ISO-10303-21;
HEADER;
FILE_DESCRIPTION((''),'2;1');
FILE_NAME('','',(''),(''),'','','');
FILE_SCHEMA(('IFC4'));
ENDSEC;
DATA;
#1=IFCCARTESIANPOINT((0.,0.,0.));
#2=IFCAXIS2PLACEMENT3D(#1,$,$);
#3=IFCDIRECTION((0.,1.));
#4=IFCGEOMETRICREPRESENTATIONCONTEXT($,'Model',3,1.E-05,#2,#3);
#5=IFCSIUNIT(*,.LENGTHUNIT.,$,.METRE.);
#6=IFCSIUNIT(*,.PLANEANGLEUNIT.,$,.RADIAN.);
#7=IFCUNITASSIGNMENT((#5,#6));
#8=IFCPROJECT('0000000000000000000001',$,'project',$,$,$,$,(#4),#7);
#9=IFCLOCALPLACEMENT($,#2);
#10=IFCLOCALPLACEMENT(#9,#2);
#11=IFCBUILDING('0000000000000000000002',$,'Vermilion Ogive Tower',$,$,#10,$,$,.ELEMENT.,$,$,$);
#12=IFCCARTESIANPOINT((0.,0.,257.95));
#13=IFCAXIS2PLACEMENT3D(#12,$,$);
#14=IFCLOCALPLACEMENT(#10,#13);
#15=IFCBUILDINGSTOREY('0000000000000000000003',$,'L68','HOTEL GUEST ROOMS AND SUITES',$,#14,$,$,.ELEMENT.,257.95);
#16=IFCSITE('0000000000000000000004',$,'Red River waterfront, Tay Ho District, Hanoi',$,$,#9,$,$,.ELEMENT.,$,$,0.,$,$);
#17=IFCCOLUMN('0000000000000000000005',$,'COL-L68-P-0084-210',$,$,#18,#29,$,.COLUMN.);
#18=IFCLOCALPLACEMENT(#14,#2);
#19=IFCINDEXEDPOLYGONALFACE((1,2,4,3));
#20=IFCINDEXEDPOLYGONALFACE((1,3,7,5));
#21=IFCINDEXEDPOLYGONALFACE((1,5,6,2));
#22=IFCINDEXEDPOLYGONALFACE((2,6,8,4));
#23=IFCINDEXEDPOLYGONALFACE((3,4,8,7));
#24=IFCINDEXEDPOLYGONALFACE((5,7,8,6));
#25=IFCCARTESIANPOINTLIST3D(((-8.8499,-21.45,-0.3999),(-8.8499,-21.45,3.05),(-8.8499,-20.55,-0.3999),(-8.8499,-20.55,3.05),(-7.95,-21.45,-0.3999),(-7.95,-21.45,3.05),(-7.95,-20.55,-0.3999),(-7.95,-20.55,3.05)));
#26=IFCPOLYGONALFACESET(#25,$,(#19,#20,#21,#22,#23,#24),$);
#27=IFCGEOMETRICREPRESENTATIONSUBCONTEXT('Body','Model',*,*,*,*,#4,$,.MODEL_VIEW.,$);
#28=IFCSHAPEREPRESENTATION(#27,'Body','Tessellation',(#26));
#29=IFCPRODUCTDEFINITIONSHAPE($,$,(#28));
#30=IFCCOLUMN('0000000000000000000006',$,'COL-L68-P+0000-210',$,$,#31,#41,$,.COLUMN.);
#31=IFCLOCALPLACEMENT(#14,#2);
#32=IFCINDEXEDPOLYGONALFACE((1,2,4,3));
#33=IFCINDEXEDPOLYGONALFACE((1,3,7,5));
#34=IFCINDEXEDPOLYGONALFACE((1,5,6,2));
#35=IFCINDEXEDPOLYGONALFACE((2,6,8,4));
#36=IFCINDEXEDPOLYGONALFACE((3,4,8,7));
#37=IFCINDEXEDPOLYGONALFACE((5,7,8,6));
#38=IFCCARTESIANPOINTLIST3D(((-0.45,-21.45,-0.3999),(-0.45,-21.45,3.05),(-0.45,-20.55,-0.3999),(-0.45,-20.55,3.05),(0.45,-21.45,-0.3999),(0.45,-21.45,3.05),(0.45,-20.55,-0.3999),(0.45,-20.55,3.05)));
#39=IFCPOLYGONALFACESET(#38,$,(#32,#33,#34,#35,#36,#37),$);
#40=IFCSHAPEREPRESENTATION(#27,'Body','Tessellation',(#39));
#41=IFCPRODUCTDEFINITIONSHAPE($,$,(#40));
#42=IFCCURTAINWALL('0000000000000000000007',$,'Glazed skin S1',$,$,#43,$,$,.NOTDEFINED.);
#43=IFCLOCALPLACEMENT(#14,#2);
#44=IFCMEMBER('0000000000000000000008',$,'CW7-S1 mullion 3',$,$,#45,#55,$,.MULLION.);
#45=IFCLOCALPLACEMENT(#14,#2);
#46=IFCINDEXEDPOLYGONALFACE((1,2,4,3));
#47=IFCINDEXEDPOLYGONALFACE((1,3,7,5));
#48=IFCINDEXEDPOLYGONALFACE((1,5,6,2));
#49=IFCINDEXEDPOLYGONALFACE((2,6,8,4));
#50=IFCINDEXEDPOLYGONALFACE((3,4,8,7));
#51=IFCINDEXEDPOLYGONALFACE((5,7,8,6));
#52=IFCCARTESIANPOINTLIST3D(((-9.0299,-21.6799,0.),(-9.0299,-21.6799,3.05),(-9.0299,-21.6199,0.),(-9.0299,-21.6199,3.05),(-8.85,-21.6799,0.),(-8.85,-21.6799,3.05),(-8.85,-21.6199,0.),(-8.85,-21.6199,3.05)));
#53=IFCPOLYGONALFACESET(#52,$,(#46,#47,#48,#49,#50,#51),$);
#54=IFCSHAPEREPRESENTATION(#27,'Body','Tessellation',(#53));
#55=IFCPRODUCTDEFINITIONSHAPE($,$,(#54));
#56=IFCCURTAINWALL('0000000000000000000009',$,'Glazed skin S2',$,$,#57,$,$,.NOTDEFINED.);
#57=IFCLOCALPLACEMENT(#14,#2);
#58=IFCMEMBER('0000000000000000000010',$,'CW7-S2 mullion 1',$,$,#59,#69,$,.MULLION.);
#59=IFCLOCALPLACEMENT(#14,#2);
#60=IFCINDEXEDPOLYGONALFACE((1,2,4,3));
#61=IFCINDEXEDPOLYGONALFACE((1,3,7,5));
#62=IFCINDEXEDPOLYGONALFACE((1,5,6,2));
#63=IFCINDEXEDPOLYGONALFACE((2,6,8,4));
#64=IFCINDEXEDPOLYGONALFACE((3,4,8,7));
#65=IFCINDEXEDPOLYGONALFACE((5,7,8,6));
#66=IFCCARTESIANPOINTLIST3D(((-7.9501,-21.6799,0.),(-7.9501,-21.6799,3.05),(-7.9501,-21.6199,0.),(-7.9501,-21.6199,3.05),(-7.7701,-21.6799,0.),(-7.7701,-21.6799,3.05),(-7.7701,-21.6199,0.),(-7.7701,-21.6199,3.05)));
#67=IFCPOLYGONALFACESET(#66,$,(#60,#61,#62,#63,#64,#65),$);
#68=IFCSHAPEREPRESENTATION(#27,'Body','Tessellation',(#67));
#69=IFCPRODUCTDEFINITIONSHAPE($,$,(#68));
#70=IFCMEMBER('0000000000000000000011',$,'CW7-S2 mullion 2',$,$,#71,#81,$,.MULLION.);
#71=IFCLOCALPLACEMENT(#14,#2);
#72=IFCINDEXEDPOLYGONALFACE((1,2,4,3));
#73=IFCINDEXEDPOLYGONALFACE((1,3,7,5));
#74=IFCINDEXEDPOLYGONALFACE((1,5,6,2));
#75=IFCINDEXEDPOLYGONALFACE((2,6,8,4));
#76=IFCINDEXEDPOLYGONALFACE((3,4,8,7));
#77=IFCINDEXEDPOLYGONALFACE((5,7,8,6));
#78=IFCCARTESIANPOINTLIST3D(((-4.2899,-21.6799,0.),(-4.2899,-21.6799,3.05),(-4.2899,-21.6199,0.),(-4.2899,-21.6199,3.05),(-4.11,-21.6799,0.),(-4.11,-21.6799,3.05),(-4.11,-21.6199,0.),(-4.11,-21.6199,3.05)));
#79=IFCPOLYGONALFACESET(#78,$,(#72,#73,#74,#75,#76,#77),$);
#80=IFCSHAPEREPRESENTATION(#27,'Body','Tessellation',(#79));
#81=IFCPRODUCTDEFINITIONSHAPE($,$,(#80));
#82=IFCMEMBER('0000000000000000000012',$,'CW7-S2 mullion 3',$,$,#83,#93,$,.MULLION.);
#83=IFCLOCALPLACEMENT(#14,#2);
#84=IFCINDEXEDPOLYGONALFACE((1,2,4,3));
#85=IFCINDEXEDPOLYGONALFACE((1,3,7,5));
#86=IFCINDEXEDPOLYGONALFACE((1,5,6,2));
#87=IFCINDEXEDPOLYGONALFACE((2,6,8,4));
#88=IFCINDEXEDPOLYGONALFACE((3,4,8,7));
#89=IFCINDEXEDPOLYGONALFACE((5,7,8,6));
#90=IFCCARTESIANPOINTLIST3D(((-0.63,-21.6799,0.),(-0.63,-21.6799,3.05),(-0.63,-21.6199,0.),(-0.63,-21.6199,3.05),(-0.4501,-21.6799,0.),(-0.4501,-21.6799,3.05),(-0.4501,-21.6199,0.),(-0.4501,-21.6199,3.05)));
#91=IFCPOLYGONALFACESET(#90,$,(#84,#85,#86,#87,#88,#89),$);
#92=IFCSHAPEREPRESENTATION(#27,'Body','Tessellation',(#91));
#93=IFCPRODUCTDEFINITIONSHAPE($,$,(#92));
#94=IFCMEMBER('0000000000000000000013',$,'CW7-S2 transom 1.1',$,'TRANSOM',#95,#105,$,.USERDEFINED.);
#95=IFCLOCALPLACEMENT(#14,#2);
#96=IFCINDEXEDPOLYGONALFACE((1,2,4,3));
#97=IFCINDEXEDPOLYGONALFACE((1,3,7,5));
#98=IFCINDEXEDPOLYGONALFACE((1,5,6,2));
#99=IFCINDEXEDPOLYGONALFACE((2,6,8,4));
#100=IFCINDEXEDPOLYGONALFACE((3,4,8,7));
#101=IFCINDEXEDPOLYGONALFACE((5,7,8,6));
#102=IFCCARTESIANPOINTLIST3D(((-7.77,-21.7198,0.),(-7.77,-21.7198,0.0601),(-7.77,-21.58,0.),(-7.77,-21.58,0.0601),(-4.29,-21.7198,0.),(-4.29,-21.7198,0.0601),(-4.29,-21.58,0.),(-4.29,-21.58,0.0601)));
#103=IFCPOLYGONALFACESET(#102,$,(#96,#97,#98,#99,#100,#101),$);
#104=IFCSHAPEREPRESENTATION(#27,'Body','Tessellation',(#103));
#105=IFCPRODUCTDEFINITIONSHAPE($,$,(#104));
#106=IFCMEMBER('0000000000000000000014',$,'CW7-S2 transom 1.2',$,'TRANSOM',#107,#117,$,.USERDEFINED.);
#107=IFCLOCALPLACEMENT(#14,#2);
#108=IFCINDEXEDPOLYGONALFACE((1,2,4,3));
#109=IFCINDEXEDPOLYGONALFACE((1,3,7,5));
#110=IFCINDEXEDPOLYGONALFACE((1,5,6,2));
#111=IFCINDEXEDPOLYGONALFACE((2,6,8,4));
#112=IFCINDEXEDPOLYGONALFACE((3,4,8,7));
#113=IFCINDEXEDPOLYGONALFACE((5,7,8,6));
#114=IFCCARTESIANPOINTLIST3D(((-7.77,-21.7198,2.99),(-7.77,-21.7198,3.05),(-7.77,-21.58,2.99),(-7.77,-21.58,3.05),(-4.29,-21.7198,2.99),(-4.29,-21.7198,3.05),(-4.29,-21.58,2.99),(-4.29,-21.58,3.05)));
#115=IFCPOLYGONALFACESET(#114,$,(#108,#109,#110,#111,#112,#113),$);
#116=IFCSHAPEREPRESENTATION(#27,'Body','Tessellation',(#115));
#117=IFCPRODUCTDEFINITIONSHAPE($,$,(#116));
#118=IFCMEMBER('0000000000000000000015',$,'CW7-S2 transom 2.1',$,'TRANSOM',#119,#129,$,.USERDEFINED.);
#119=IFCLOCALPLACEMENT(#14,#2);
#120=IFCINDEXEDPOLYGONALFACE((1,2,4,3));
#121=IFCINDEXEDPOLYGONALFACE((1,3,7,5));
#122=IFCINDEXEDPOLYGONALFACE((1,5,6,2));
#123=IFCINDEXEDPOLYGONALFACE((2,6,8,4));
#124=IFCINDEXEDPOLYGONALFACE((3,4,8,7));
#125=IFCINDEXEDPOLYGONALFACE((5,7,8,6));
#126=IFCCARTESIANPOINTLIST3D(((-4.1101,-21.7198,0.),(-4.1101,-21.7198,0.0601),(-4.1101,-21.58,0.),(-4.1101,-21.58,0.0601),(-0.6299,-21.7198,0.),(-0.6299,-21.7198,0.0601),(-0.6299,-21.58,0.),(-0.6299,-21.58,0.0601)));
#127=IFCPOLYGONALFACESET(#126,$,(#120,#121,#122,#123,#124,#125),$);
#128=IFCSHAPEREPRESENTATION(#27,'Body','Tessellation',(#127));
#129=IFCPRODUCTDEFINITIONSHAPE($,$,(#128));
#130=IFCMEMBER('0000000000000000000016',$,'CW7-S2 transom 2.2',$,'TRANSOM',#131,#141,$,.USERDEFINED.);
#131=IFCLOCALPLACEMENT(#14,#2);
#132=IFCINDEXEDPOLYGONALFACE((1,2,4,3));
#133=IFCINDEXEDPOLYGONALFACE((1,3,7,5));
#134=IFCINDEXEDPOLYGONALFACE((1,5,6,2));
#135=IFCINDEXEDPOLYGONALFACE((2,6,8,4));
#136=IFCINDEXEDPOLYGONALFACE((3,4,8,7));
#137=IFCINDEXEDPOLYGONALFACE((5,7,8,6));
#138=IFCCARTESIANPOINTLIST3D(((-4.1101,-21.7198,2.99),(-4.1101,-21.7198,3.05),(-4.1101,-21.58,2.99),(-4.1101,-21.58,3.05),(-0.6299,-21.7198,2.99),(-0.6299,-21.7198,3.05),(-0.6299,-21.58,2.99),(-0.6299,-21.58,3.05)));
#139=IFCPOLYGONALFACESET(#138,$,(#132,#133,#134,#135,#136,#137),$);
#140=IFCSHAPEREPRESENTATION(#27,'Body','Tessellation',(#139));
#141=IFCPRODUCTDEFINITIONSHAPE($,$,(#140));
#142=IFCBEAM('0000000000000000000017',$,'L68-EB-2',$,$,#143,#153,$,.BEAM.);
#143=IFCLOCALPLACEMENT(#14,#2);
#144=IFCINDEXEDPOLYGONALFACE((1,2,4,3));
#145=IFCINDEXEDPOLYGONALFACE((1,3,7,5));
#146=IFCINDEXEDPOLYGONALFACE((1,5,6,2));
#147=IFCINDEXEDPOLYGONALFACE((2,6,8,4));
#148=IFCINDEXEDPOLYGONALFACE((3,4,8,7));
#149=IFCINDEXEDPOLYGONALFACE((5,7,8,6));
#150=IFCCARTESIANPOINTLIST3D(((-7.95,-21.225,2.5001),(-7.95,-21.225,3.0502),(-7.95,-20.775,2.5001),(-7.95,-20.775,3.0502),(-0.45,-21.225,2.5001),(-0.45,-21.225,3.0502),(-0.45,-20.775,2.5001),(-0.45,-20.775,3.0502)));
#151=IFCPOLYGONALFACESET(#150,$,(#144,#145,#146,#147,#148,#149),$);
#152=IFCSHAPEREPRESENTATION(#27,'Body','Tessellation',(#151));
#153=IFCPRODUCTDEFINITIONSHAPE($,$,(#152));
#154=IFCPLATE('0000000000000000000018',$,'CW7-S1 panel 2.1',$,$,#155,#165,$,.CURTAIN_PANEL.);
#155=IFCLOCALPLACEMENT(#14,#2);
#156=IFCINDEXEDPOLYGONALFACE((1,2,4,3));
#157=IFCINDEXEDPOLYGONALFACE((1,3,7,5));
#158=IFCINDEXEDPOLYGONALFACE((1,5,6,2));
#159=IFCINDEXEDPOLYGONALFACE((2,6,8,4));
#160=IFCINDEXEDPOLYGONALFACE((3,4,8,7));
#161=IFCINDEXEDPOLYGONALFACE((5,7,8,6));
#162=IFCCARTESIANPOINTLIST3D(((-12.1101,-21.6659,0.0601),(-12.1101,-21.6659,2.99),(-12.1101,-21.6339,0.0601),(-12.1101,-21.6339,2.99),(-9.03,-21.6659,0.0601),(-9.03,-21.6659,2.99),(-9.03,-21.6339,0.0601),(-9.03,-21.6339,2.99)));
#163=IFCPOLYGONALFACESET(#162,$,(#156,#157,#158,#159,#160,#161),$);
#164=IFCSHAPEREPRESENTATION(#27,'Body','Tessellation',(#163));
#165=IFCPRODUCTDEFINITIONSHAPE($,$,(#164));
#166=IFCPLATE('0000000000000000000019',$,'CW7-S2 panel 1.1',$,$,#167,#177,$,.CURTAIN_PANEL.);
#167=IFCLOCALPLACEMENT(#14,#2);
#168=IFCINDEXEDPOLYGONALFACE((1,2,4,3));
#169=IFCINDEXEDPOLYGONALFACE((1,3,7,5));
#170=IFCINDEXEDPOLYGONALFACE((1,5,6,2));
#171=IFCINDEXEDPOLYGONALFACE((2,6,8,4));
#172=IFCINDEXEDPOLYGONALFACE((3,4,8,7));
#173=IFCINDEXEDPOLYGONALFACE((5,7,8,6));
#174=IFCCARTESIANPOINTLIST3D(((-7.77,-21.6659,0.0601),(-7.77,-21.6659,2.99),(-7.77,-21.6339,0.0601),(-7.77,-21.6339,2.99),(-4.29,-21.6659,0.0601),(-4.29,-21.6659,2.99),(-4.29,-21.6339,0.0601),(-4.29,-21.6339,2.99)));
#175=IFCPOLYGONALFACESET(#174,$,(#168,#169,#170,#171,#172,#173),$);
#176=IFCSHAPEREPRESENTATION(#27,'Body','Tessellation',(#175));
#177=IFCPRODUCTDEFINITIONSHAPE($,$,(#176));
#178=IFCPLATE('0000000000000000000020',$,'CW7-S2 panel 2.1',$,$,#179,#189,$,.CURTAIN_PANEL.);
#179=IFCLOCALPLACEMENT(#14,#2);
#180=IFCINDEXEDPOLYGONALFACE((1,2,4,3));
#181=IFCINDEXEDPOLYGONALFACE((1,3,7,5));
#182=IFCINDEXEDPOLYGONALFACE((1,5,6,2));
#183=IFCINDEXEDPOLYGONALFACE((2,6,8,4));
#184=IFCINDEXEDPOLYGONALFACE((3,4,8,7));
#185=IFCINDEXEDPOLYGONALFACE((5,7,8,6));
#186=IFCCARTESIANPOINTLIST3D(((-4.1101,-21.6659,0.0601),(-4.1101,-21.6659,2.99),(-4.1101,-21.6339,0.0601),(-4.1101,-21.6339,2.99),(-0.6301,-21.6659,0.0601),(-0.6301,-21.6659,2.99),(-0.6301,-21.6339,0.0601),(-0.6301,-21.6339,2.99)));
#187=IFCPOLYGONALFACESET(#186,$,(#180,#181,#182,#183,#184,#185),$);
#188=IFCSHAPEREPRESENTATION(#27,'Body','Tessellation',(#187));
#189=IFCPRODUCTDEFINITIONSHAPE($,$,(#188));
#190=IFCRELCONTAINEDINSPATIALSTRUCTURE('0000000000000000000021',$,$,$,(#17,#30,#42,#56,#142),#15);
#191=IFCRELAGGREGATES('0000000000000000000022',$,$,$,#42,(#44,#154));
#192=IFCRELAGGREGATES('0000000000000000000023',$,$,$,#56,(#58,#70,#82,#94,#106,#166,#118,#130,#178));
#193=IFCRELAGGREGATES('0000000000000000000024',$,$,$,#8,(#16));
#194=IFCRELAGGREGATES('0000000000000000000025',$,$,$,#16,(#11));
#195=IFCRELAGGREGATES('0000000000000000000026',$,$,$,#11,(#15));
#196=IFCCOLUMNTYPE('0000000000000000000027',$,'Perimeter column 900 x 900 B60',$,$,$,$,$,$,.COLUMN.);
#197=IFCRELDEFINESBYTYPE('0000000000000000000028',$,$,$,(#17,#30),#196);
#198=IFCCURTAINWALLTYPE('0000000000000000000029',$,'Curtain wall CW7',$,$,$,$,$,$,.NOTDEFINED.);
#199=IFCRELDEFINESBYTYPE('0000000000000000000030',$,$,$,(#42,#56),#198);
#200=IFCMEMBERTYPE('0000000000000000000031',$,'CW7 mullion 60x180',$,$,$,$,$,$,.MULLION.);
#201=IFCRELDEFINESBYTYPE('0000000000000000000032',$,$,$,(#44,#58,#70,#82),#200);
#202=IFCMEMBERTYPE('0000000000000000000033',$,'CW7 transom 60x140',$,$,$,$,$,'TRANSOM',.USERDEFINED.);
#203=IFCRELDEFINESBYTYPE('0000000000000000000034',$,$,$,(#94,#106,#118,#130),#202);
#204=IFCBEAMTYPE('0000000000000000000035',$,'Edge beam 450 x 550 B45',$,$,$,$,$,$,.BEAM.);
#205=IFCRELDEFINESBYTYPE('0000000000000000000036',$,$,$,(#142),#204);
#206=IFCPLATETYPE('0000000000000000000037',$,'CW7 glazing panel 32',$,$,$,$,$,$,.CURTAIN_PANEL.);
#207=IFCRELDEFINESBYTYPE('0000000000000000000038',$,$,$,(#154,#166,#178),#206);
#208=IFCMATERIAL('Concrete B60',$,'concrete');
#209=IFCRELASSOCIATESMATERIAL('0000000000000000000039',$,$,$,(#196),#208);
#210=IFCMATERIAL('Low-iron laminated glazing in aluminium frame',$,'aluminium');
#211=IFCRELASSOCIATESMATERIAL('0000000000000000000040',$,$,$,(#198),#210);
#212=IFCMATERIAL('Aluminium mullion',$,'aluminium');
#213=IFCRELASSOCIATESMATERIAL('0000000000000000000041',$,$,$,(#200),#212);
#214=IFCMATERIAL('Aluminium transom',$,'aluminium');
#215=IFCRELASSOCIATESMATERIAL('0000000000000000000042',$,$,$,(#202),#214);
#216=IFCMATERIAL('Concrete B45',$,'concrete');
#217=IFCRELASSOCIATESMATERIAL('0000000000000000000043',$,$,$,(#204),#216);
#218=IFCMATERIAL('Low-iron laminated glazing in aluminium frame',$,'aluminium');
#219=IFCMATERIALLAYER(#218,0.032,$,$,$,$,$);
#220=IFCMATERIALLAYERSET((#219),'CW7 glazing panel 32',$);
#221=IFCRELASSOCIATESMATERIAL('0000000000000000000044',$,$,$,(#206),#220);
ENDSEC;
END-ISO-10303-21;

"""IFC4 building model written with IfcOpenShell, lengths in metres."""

from ifc_helpers import new_model, si_unit, direction, frame, origin, origin_2d, place, context, subcontext, project, spatial, rectangle, extrude, material, layer, layer_set, material_profile, profile_set, type_object, element, aggregate, save


model = new_model("IFC4")

# Units and contexts
model_context = context("Model", 3, precision=1e-05, world=origin(), true_north=direction((0.0, 1.0)))
body_context = subcontext(model_context, "Body", "Model", "MODEL_VIEW")
ifc_project = project(units=[si_unit("LENGTHUNIT", "METRE"), si_unit("PLANEANGLEUNIT", "RADIAN")], contexts=[model_context])

# Site, building, storey
site_placement = place(None, origin())
site = spatial("IfcSite", under=ifc_project, at=site_placement, Name="Red River waterfront, Tay Ho District, Hanoi", CompositionType="ELEMENT", RefElevation=0.0)
building_placement = place(site_placement, origin())
building = spatial("IfcBuilding", under=site, at=building_placement, Name="Vermilion Ogive Tower", CompositionType="ELEMENT")
storey_placement = place(building_placement, frame((0.0, 0.0, 257.95)))
storey = spatial("IfcBuildingStorey", under=building, at=storey_placement, Name="L68", Description="HOTEL GUEST ROOMS AND SUITES", CompositionType="ELEMENT", Elevation=257.95)

# Columns
ifc_material_1 = material(Name="Concrete B60", Category="concrete")
ifc_material_profile_1 = material_profile(ifc_material_1, rectangle(XDim=0.8999, YDim=0.8999, at=origin_2d()), Name="900 x 900")
ifc_profile_set_1 = profile_set([ifc_material_profile_1], Name="Concrete B60")
column_type = type_object("IfcColumnType", Name="Perimeter column 900 x 900 B60", PredefinedType="COLUMN", material=ifc_profile_set_1)
for number, where, z_axis, x_axis, name in (
    (1, (-8.3999, -21.0, -0.3999), (0.0, 0.0, 1.0), (1.0, 0.0, 0.0), "COL-L68-P-0084-210"),
    (2, (0.0, -21.0, -0.3999), (0.0, 0.0, 1.0), (1.0, 0.0, 0.0), "COL-L68-P+0000-210"),
):
    element("IfcColumn", number, at=place(storey_placement, frame(where, z_axis=z_axis, x_axis=x_axis)), inside=storey, type_object=column_type, Name=name, PredefinedType="COLUMN", context=body_context, shape_type="SweptSolid", body=[
        extrude(rectangle(XDim=0.8999, YDim=0.8999, at=origin_2d()), origin(), (0.0, 0.0, 1.0), 3.45),
    ])

# Curtain wall, member
ifc_material_2 = material(Name="Low-iron laminated glazing in aluminium frame", Category="aluminium")
curtain_wall_type = type_object("IfcCurtainWallType", Name="Curtain wall CW7", PredefinedType="NOTDEFINED", material=ifc_material_2)
curtain_wall_1_placement = place(storey_placement, origin())
curtain_wall_1 = element("IfcCurtainWall", 3, at=curtain_wall_1_placement, inside=storey, type_object=curtain_wall_type, Name="Glazed skin S1", PredefinedType="NOTDEFINED")
ifc_material_3 = material(Name="Aluminium mullion", Category="aluminium")
ifc_material_profile_2 = material_profile(ifc_material_3, rectangle(XDim=0.0601, YDim=0.1799, at=origin_2d()), Name="AL 60x180")
ifc_profile_set_2 = profile_set([ifc_material_profile_2], Name="Aluminium mullion")
member_type_1 = type_object("IfcMemberType", Name="CW7 mullion 60x180", PredefinedType="MULLION", material=ifc_profile_set_2)
member_1_placement = place(storey_placement, frame((-8.9399, -21.6499, 0.0), z_axis=(0.0, 0.0, 1.0), x_axis=(0.0, 1.0, 0.0)))
member_1 = element("IfcMember", 4, at=member_1_placement, type_object=member_type_1, Name="CW7-S1 mullion 3", PredefinedType="MULLION", context=body_context, shape_type="SweptSolid", body=[
    extrude(rectangle(XDim=0.0601, YDim=0.1799, at=origin_2d()), origin(), (0.0, 0.0, 1.0), 3.05),
])

# Curtain wall, members
curtain_wall_2_placement = place(storey_placement, origin())
curtain_wall_2 = element("IfcCurtainWall", 5, at=curtain_wall_2_placement, inside=storey, type_object=curtain_wall_type, Name="Glazed skin S2", PredefinedType="NOTDEFINED")
member_2_placement = place(storey_placement, frame((-7.8601, -21.6499, 0.0), z_axis=(0.0, 0.0, 1.0), x_axis=(0.0, 1.0, 0.0)))
member_2 = element("IfcMember", 6, at=member_2_placement, type_object=member_type_1, Name="CW7-S2 mullion 1", PredefinedType="MULLION", context=body_context, shape_type="SweptSolid", body=[
    extrude(rectangle(XDim=0.0601, YDim=0.1799, at=origin_2d()), origin(), (0.0, 0.0, 1.0), 3.05),
])
member_3_placement = place(storey_placement, frame((-4.2, -21.6499, 0.0), z_axis=(0.0, 0.0, 1.0), x_axis=(0.0, 1.0, 0.0)))
member_3 = element("IfcMember", 7, at=member_3_placement, type_object=member_type_1, Name="CW7-S2 mullion 2", PredefinedType="MULLION", context=body_context, shape_type="SweptSolid", body=[
    extrude(rectangle(XDim=0.0601, YDim=0.1799, at=origin_2d()), origin(), (0.0, 0.0, 1.0), 3.05),
])
member_4_placement = place(storey_placement, frame((-0.54, -21.6499, 0.0), z_axis=(0.0, 0.0, 1.0), x_axis=(0.0, 1.0, 0.0)))
member_4 = element("IfcMember", 8, at=member_4_placement, type_object=member_type_1, Name="CW7-S2 mullion 3", PredefinedType="MULLION", context=body_context, shape_type="SweptSolid", body=[
    extrude(rectangle(XDim=0.0601, YDim=0.1799, at=origin_2d()), origin(), (0.0, 0.0, 1.0), 3.05),
])
ifc_material_4 = material(Name="Aluminium transom", Category="aluminium")
ifc_material_profile_3 = material_profile(ifc_material_4, rectangle(XDim=0.1399, YDim=0.0601, at=origin_2d()), Name="AL 60x140")
ifc_profile_set_3 = profile_set([ifc_material_profile_3], Name="Aluminium transom")
member_type_2 = type_object("IfcMemberType", Name="CW7 transom 60x140", ElementType="TRANSOM", PredefinedType="USERDEFINED", material=ifc_profile_set_3)
member_5_placement = place(storey_placement, frame((-7.77, -21.6499, 0.03), z_axis=(1.0, 0.0, 0.0), x_axis=(0.0, 1.0, 0.0)))
member_5 = element("IfcMember", 9, at=member_5_placement, type_object=member_type_2, Name="CW7-S2 transom 1.1", ObjectType="TRANSOM", PredefinedType="USERDEFINED", context=body_context, shape_type="SweptSolid", body=[
    extrude(rectangle(XDim=0.1399, YDim=0.0601, at=origin_2d()), origin(), (0.0, 0.0, 1.0), 3.48),
])
member_6_placement = place(storey_placement, frame((-7.77, -21.6499, 3.02), z_axis=(1.0, 0.0, 0.0), x_axis=(0.0, 1.0, 0.0)))
member_6 = element("IfcMember", 10, at=member_6_placement, type_object=member_type_2, Name="CW7-S2 transom 1.2", ObjectType="TRANSOM", PredefinedType="USERDEFINED", context=body_context, shape_type="SweptSolid", body=[
    extrude(rectangle(XDim=0.1399, YDim=0.0601, at=origin_2d()), origin(), (0.0, 0.0, 1.0), 3.48),
])
member_7_placement = place(storey_placement, frame((-4.1101, -21.6499, 0.03), z_axis=(1.0, 0.0, 0.0), x_axis=(0.0, 1.0, 0.0)))
member_7 = element("IfcMember", 11, at=member_7_placement, type_object=member_type_2, Name="CW7-S2 transom 2.1", ObjectType="TRANSOM", PredefinedType="USERDEFINED", context=body_context, shape_type="SweptSolid", body=[
    extrude(rectangle(XDim=0.1399, YDim=0.0601, at=origin_2d()), origin(), (0.0, 0.0, 1.0), 3.4802),
])
member_8_placement = place(storey_placement, frame((-4.1101, -21.6499, 3.02), z_axis=(1.0, 0.0, 0.0), x_axis=(0.0, 1.0, 0.0)))
member_8 = element("IfcMember", 12, at=member_8_placement, type_object=member_type_2, Name="CW7-S2 transom 2.2", ObjectType="TRANSOM", PredefinedType="USERDEFINED", context=body_context, shape_type="SweptSolid", body=[
    extrude(rectangle(XDim=0.1399, YDim=0.0601, at=origin_2d()), origin(), (0.0, 0.0, 1.0), 3.4802),
])

# Beam
ifc_material_5 = material(Name="Concrete B45", Category="concrete")
ifc_material_profile_4 = material_profile(ifc_material_5, rectangle(XDim=0.45, YDim=0.55, at=origin_2d()), Name="450 x 550")
ifc_profile_set_4 = profile_set([ifc_material_profile_4], Name="Concrete B45")
beam_type = type_object("IfcBeamType", Name="Edge beam 450 x 550 B45", PredefinedType="BEAM", material=ifc_profile_set_4)
beam_placement = place(storey_placement, frame((-7.95, -21.0, 2.7751), z_axis=(1.0, 0.0, 0.0), x_axis=(0.0, 1.0, 0.0)))
element("IfcBeam", 13, at=beam_placement, inside=storey, type_object=beam_type, Name="L68-EB-2", PredefinedType="BEAM", context=body_context, shape_type="SweptSolid", body=[
    extrude(rectangle(XDim=0.45, YDim=0.55, at=origin_2d()), origin(), (0.0, 0.0, 1.0), 7.5),
])

# Plates
ifc_material_6 = material(Name="Low-iron laminated glazing in aluminium frame", Category="aluminium")
ifc_layer_1 = layer(ifc_material_6, 0.032)
ifc_layer_set_1 = layer_set([ifc_layer_1], Name="CW7 glazing panel 32")
plate_type = type_object("IfcPlateType", Name="CW7 glazing panel 32", PredefinedType="CURTAIN_PANEL", material=ifc_layer_set_1)
plate_1_placement = place(storey_placement, frame((-10.5701, -21.6499, 0.0601), z_axis=(0.0, 0.0, 1.0), x_axis=(1.0, 0.0, 0.0)))
plate_1 = element("IfcPlate", 14, at=plate_1_placement, type_object=plate_type, Name="CW7-S1 panel 2.1", PredefinedType="CURTAIN_PANEL", context=body_context, shape_type="SweptSolid", body=[
    extrude(rectangle(XDim=3.0801, YDim=0.032, at=origin_2d()), origin(), (0.0, 0.0, 1.0), 2.9299),
])
aggregate(curtain_wall_1, [member_1, plate_1])
plate_2_placement = place(storey_placement, frame((-6.03, -21.6499, 0.0601), z_axis=(0.0, 0.0, 1.0), x_axis=(1.0, 0.0, 0.0)))
plate_2 = element("IfcPlate", 15, at=plate_2_placement, type_object=plate_type, Name="CW7-S2 panel 1.1", PredefinedType="CURTAIN_PANEL", context=body_context, shape_type="SweptSolid", body=[
    extrude(rectangle(XDim=3.48, YDim=0.032, at=origin_2d()), origin(), (0.0, 0.0, 1.0), 2.9299),
])
plate_3_placement = place(storey_placement, frame((-2.3701, -21.6499, 0.0601), z_axis=(0.0, 0.0, 1.0), x_axis=(1.0, 0.0, 0.0)))
plate_3 = element("IfcPlate", 16, at=plate_3_placement, type_object=plate_type, Name="CW7-S2 panel 2.1", PredefinedType="CURTAIN_PANEL", context=body_context, shape_type="SweptSolid", body=[
    extrude(rectangle(XDim=3.48, YDim=0.032, at=origin_2d()), origin(), (0.0, 0.0, 1.0), 2.9299),
])
aggregate(curtain_wall_2, [member_2, member_3, member_4, member_5, member_6, plate_2, member_7, member_8, plate_3])

save(model, "model.ifc")
